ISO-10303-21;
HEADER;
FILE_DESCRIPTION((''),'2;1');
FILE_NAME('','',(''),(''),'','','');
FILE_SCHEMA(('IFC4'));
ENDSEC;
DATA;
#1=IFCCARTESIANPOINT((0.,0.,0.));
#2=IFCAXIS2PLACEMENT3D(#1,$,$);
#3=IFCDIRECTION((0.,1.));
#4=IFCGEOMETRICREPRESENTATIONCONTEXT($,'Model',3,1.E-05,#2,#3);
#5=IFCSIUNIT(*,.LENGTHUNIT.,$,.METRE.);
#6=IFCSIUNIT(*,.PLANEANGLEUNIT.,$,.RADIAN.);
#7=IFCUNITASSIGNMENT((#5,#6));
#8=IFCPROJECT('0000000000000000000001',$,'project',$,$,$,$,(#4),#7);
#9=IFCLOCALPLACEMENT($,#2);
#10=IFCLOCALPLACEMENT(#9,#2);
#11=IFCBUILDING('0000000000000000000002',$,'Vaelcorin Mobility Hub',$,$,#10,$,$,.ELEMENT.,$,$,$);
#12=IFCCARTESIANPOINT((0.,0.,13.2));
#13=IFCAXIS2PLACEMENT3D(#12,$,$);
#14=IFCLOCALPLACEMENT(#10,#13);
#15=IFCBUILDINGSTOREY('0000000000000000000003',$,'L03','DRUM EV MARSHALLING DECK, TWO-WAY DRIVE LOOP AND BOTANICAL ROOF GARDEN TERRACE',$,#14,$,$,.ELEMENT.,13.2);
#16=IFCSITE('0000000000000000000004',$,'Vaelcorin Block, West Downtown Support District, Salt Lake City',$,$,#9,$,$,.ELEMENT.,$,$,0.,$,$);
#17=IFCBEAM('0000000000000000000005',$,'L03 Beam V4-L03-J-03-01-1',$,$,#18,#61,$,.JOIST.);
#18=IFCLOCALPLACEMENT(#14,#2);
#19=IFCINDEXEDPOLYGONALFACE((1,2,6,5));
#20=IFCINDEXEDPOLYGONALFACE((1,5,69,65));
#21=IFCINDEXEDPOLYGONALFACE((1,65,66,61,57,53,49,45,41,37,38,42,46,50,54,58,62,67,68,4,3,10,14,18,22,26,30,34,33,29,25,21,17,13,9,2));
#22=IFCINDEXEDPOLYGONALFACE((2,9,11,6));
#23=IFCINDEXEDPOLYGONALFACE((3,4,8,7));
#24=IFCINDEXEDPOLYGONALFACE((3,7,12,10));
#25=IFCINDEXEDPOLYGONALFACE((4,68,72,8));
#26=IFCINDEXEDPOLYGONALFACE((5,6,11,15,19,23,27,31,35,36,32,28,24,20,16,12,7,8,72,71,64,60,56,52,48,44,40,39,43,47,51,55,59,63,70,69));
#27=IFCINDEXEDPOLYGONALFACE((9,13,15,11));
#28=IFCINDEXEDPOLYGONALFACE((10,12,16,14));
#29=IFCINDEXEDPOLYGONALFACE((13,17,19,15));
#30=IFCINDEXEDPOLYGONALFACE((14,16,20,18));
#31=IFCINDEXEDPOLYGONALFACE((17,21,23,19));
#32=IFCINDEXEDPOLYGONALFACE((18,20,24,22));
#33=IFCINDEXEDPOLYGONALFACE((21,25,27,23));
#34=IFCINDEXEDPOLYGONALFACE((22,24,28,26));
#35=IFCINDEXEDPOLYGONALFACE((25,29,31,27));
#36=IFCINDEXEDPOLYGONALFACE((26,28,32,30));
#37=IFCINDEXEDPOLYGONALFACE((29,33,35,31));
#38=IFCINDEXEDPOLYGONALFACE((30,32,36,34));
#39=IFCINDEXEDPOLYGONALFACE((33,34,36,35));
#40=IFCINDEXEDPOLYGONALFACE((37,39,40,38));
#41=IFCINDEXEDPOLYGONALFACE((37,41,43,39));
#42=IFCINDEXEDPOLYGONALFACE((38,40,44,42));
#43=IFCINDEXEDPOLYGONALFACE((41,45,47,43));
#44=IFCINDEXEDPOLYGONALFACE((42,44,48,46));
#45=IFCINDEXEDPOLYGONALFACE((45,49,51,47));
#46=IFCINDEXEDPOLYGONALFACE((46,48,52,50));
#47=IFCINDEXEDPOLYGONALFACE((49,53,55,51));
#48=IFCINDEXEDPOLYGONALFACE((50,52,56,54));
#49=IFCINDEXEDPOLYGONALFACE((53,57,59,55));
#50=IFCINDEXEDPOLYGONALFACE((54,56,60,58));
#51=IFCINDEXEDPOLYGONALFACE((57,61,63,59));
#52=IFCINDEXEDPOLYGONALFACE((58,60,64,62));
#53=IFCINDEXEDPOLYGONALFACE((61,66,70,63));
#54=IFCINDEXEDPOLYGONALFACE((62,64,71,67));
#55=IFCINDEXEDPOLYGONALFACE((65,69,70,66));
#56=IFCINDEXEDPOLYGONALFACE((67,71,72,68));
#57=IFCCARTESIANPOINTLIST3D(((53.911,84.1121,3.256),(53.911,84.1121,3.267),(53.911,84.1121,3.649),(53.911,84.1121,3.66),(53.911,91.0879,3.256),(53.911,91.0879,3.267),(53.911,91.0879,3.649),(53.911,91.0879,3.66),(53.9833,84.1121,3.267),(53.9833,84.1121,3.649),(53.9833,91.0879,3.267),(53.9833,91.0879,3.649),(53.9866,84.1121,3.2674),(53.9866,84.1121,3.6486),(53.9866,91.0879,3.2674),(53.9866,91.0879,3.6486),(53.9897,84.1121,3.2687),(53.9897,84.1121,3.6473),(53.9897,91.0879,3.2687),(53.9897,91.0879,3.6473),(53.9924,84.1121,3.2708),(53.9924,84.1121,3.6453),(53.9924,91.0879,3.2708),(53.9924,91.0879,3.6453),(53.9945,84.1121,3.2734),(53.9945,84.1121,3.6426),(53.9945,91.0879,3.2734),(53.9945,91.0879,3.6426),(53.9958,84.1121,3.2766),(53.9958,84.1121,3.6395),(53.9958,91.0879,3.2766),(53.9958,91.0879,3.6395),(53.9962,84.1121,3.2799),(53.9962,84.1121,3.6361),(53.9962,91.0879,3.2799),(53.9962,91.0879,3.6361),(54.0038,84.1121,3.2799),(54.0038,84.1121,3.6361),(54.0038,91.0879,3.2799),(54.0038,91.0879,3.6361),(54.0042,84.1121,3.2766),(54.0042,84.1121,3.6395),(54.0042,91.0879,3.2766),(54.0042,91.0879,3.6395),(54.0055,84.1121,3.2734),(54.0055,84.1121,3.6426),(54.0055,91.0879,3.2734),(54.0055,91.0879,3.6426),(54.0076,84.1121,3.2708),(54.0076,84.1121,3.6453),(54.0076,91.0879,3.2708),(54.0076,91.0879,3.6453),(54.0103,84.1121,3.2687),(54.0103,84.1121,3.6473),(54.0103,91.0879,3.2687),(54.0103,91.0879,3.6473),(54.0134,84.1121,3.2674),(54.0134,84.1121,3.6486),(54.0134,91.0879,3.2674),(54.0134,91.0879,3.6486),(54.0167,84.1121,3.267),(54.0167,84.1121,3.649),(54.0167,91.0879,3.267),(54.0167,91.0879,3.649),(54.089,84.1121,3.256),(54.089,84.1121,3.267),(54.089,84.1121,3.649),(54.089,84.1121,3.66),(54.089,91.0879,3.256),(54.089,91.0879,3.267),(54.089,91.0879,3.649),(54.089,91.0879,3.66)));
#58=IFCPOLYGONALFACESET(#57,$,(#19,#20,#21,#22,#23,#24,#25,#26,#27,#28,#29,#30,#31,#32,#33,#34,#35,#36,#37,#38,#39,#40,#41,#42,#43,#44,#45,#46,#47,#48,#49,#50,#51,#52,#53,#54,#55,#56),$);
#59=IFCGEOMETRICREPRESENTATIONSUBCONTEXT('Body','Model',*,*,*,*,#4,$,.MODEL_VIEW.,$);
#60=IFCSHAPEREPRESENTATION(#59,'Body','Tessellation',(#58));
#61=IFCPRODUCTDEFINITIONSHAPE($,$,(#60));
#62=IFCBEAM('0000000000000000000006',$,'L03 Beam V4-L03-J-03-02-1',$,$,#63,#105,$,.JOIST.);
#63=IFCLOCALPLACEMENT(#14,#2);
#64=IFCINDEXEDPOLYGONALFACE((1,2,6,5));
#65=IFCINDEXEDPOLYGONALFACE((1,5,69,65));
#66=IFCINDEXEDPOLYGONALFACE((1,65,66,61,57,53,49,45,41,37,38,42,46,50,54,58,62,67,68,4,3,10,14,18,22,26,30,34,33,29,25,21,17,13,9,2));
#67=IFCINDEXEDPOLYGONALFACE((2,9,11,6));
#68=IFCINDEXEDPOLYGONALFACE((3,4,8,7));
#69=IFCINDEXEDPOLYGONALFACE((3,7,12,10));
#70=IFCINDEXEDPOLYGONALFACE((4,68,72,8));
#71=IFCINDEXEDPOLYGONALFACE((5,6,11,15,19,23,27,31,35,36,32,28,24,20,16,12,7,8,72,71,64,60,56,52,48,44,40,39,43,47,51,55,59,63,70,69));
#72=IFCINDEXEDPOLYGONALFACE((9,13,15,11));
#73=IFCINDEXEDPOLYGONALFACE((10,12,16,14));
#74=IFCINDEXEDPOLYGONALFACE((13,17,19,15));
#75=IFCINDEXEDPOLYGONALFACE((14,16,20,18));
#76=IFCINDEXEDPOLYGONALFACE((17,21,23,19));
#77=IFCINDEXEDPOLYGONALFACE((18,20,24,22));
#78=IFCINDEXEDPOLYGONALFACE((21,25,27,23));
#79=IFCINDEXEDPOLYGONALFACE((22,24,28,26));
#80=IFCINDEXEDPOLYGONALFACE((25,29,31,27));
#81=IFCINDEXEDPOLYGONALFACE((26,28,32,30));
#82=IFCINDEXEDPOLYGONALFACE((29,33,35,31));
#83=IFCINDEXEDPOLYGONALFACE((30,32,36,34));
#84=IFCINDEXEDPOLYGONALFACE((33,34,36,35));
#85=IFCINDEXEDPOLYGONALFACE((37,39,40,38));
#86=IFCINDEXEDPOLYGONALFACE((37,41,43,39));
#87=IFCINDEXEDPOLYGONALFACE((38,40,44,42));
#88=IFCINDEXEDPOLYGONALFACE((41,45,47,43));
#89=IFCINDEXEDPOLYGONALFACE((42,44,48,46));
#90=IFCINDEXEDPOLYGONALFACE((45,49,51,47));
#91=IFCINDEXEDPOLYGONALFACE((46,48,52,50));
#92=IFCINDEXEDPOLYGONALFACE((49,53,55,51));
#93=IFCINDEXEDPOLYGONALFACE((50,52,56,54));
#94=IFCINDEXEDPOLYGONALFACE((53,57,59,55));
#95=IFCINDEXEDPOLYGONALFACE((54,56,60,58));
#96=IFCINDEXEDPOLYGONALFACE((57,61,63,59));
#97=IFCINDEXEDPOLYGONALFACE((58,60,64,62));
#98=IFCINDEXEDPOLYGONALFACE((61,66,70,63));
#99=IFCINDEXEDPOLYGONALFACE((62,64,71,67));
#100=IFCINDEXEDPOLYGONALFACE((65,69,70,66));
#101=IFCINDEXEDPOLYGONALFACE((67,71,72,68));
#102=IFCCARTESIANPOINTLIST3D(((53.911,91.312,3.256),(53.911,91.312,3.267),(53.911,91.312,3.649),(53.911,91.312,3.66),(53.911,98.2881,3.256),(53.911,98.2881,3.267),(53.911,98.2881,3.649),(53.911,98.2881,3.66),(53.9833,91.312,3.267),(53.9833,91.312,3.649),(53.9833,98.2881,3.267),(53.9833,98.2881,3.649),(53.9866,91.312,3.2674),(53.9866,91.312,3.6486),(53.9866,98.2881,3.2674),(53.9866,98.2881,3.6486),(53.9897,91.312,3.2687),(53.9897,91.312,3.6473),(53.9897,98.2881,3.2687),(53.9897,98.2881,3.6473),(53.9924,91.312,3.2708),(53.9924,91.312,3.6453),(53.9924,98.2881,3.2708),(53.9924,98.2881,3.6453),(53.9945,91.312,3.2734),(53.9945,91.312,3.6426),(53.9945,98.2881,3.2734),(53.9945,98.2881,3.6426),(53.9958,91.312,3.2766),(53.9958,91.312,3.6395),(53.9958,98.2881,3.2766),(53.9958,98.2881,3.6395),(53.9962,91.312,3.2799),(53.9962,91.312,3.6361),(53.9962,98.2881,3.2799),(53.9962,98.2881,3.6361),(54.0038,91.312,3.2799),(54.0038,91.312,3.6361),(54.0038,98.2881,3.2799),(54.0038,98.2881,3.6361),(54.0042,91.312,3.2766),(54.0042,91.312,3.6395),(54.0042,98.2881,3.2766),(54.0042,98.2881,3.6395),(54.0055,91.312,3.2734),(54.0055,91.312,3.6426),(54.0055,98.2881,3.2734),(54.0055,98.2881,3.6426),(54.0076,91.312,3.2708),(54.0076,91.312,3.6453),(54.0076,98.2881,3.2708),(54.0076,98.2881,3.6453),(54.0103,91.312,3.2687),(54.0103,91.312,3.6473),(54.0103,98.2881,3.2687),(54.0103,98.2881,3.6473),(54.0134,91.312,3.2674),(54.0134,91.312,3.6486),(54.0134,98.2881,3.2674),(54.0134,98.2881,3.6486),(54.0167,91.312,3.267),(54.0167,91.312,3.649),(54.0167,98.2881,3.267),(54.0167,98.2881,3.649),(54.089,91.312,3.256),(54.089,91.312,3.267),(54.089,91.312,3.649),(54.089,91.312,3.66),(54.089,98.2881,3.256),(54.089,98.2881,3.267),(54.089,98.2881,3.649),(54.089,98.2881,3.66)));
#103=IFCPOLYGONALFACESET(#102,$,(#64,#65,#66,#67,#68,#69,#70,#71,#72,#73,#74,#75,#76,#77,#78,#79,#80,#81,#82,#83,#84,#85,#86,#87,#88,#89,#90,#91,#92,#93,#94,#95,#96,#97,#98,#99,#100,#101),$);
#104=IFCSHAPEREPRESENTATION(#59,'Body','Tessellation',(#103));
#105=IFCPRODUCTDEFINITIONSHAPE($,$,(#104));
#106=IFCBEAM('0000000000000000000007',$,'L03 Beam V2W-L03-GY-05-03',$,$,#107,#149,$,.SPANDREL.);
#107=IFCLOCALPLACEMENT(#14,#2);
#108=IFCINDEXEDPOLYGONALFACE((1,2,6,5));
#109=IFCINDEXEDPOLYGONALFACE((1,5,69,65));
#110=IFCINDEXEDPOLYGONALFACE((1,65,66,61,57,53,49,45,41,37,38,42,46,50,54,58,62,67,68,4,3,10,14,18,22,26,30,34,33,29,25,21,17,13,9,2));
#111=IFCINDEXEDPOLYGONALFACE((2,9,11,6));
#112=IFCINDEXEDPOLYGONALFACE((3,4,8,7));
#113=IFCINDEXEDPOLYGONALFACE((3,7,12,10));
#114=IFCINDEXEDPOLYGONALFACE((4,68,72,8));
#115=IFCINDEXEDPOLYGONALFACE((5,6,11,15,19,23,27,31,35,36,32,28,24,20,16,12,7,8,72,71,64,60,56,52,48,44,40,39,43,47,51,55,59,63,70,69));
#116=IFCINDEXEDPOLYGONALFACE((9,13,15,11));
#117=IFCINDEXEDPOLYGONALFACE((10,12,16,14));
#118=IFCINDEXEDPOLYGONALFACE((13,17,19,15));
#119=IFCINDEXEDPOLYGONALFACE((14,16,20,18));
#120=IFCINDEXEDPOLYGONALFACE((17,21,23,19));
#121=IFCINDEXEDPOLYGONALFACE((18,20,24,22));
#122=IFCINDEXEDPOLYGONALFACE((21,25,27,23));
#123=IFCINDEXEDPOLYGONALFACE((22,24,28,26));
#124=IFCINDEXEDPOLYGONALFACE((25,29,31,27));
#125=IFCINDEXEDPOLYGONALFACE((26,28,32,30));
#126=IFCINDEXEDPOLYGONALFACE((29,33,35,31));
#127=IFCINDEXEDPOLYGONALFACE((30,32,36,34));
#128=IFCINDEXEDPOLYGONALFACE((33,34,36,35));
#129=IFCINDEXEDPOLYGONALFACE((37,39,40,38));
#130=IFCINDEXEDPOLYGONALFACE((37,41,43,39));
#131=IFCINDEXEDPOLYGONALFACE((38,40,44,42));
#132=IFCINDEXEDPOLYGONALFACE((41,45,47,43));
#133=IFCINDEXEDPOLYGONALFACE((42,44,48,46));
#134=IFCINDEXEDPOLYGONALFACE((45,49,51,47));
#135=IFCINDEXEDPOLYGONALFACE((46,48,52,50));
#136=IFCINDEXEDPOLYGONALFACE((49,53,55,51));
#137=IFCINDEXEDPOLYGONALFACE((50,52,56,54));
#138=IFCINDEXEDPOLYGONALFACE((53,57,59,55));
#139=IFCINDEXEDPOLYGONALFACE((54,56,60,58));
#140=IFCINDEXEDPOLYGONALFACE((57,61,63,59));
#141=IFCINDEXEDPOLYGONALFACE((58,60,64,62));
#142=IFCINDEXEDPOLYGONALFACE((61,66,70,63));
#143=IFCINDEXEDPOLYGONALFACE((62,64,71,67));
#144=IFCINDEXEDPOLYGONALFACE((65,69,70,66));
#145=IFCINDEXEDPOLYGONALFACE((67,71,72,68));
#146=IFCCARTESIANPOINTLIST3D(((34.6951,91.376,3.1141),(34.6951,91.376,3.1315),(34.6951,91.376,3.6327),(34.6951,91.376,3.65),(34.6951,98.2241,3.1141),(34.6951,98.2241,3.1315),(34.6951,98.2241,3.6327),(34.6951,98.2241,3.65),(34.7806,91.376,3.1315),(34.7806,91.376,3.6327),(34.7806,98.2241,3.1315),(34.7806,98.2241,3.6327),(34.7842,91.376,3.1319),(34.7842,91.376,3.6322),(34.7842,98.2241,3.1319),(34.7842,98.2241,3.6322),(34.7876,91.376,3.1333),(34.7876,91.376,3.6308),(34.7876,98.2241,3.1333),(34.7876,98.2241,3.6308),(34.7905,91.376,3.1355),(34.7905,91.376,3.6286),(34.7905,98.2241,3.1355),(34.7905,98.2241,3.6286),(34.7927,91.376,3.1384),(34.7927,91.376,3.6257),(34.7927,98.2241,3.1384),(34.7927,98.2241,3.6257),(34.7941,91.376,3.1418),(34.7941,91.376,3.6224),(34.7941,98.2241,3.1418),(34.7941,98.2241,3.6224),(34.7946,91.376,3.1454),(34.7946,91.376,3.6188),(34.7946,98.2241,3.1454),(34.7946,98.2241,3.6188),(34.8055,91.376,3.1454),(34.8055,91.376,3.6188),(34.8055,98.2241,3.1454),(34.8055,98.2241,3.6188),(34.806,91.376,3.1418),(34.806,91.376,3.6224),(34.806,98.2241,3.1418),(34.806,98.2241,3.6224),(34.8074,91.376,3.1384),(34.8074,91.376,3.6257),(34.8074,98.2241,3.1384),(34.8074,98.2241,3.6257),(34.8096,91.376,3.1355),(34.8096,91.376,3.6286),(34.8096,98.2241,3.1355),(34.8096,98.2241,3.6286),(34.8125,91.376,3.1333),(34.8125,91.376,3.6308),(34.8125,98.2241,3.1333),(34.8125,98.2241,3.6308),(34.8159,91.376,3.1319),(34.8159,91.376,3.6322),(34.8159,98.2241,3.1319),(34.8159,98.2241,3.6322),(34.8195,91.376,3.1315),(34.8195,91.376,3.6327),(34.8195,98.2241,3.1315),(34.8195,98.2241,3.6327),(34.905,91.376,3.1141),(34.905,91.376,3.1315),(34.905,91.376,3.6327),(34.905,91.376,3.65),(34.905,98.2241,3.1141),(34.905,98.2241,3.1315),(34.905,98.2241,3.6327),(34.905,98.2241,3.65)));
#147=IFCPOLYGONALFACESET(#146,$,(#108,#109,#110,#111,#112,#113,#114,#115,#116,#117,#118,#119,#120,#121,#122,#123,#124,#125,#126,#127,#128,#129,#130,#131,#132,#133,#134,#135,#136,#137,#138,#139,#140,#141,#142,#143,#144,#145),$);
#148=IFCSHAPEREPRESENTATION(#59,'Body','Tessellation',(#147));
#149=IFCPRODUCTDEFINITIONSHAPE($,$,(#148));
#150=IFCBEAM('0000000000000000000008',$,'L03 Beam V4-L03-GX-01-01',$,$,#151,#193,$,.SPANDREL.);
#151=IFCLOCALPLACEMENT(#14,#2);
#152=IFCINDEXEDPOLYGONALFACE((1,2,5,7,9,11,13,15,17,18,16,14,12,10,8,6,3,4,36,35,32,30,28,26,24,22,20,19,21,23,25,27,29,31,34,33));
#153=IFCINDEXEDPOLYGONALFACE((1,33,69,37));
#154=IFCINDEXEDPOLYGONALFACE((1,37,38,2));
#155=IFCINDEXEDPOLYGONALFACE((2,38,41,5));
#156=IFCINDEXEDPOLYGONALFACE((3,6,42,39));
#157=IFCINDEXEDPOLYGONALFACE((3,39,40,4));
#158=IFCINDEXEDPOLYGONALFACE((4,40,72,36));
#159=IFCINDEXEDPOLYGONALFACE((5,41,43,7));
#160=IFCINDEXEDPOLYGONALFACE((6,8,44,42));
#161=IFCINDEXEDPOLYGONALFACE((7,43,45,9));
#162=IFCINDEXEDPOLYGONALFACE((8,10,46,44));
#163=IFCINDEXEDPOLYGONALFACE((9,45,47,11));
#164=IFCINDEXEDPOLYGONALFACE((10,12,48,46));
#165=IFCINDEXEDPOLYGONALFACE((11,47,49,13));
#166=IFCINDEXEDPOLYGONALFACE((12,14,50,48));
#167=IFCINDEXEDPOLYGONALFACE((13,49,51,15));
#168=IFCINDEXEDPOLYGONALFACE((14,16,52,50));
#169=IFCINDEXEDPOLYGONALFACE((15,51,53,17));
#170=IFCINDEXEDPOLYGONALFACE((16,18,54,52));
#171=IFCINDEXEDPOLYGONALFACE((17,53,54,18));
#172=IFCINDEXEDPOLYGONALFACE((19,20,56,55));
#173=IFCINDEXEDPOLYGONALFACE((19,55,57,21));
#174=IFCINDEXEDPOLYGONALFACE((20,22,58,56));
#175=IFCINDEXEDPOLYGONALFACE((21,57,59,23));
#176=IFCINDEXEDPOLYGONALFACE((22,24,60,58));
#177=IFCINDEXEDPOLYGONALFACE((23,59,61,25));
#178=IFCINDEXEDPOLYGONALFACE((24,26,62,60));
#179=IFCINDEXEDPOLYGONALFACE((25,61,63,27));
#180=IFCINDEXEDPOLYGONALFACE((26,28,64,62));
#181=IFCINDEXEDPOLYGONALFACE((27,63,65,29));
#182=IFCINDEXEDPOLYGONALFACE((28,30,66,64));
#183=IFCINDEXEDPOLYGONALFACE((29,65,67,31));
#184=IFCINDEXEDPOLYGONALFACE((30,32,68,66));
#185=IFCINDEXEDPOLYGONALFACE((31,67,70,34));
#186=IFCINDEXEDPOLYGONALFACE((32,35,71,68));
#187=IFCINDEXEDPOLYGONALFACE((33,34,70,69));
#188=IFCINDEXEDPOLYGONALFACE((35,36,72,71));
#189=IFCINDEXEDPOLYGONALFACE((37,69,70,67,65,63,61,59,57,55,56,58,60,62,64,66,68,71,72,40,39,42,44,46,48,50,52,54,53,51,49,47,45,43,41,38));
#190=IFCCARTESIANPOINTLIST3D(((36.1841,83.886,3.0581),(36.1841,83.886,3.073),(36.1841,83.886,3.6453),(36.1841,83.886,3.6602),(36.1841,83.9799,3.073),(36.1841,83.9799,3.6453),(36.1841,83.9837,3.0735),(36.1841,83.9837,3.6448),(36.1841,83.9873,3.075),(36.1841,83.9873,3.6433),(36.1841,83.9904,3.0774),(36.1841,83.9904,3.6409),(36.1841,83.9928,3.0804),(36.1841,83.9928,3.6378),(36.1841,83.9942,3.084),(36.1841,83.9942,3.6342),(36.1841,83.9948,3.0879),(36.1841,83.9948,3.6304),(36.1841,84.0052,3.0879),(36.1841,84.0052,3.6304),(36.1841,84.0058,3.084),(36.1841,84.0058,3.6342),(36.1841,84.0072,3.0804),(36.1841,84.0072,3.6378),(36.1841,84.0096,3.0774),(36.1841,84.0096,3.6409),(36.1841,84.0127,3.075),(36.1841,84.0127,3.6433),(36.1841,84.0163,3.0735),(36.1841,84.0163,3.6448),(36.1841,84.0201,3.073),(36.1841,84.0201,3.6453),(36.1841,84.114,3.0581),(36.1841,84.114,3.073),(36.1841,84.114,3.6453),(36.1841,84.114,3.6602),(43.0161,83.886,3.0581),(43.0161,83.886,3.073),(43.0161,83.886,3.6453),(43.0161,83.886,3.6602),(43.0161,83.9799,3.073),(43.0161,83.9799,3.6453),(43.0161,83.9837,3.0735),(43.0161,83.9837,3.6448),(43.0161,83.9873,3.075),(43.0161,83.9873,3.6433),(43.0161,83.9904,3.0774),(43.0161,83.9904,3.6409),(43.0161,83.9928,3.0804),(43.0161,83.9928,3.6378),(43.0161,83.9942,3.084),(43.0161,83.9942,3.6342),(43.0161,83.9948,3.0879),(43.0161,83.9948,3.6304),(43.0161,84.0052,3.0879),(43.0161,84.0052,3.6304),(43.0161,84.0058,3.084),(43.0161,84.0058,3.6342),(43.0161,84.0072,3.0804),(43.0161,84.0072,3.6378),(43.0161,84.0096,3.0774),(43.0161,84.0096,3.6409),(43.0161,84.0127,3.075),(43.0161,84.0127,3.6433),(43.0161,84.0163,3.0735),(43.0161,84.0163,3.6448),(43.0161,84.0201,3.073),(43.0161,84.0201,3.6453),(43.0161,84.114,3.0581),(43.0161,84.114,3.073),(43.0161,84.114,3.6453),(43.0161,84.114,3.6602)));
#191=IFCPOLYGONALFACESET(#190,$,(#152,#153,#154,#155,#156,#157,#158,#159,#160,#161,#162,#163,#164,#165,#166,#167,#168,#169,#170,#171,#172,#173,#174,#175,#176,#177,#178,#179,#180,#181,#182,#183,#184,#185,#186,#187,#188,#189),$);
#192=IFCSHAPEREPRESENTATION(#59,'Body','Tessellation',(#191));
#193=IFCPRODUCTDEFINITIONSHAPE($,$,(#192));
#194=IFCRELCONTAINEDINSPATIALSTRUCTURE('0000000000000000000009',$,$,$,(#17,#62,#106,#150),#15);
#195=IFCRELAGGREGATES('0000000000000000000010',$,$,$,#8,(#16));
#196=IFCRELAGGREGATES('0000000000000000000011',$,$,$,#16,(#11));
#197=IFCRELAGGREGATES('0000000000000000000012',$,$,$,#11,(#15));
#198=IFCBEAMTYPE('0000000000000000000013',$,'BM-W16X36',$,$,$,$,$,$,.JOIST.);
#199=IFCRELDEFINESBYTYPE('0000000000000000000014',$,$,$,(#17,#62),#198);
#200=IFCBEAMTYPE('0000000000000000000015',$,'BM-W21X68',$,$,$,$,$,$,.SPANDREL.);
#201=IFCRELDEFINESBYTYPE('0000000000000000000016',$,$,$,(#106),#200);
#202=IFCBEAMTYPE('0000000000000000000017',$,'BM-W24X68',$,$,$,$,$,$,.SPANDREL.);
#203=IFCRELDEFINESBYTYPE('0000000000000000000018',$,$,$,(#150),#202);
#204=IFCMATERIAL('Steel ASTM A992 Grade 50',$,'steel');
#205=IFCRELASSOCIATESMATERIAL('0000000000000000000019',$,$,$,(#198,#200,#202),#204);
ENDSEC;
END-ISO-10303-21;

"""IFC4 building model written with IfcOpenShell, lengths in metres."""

from ifc_helpers import new_model, si_unit, direction, frame, origin, origin_2d, place, context, subcontext, project, spatial, i_section, extrude, material, material_profile, profile_set, type_object, element, save


model = new_model("IFC4")

# Units and contexts
model_context = context("Model", 3, precision=1e-05, world=origin(), true_north=direction((0.0, 1.0)))
body_context = subcontext(model_context, "Body", "Model", "MODEL_VIEW")
ifc_project = project(units=[si_unit("LENGTHUNIT", "METRE"), si_unit("PLANEANGLEUNIT", "RADIAN")], contexts=[model_context])

# Site, building, storey
site_placement = place(None, origin())
site = spatial("IfcSite", under=ifc_project, at=site_placement, Name="Vaelcorin Block, West Downtown Support District, Salt Lake City", CompositionType="ELEMENT", RefElevation=0.0)
building_placement = place(site_placement, origin())
building = spatial("IfcBuilding", under=site, at=building_placement, Name="Vaelcorin Mobility Hub", CompositionType="ELEMENT")
storey_placement = place(building_placement, frame((0.0, 0.0, 13.2)))
storey = spatial("IfcBuildingStorey", under=building, at=storey_placement, Name="L03", Description="DRUM EV MARSHALLING DECK, TWO-WAY DRIVE LOOP AND BOTANICAL ROOF GARDEN TERRACE", CompositionType="ELEMENT", Elevation=13.2)

# Shared definitions
ifc_material_1 = material(Name="Steel ASTM A992 Grade 50", Category="steel")

# Beams
ifc_material_profile_1 = material_profile(ifc_material_1, i_section(OverallWidth=0.178, OverallDepth=0.4041, WebThickness=0.0076, FlangeThickness=0.011, FilletRadius=0.0129, at=origin_2d()), Name="W16X36")
ifc_profile_set_1 = profile_set([ifc_material_profile_1], Name="Steel ASTM A992 Grade 50")
beam_type_1 = type_object("IfcBeamType", Name="BM-W16X36", PredefinedType="JOIST", material=ifc_profile_set_1)
beam_1_placement = place(storey_placement, frame((54.0, 84.1121, 3.458), z_axis=(0.0, 1.0, 0.0), x_axis=(-1.0, 0.0, 0.0)))
element("IfcBeam", 1, at=beam_1_placement, inside=storey, type_object=beam_type_1, Name="L03 Beam V4-L03-J-03-01-1", PredefinedType="JOIST", context=body_context, shape_type="SweptSolid", body=[
    extrude(i_section(OverallWidth=0.178, OverallDepth=0.4041, WebThickness=0.0076, FlangeThickness=0.011, FilletRadius=0.0129, at=origin_2d()), origin(), (0.0, 0.0, 1.0), 6.9758),
])
beam_2_placement = place(storey_placement, frame((54.0, 91.312, 3.458), z_axis=(0.0, 1.0, 0.0), x_axis=(-1.0, 0.0, 0.0)))
element("IfcBeam", 2, at=beam_2_placement, inside=storey, type_object=beam_type_1, Name="L03 Beam V4-L03-J-03-02-1", PredefinedType="JOIST", context=body_context, shape_type="SweptSolid", body=[
    extrude(i_section(OverallWidth=0.178, OverallDepth=0.4041, WebThickness=0.0076, FlangeThickness=0.011, FilletRadius=0.0129, at=origin_2d()), origin(), (0.0, 0.0, 1.0), 6.9761),
])
ifc_material_profile_2 = material_profile(ifc_material_1, i_section(OverallWidth=0.21, OverallDepth=0.5359, WebThickness=0.011, FlangeThickness=0.0173, FilletRadius=0.0139, at=origin_2d()), Name="W21X68")
ifc_profile_set_2 = profile_set([ifc_material_profile_2], Name="Steel ASTM A992 Grade 50")
beam_type_2 = type_object("IfcBeamType", Name="BM-W21X68", PredefinedType="SPANDREL", material=ifc_profile_set_2)
beam_3_placement = place(storey_placement, frame((34.8, 91.376, 3.3821), z_axis=(0.0, 1.0, 0.0), x_axis=(-1.0, 0.0, 0.0)))
element("IfcBeam", 3, at=beam_3_placement, inside=storey, type_object=beam_type_2, Name="L03 Beam V2W-L03-GY-05-03", PredefinedType="SPANDREL", context=body_context, shape_type="SweptSolid", body=[
    extrude(i_section(OverallWidth=0.21, OverallDepth=0.5359, WebThickness=0.011, FlangeThickness=0.0173, FilletRadius=0.0139, at=origin_2d()), origin(), (0.0, 0.0, 1.0), 6.8481),
])
ifc_material_profile_3 = material_profile(ifc_material_1, i_section(OverallWidth=0.228, OverallDepth=0.6021, WebThickness=0.0105, FlangeThickness=0.0149, FilletRadius=0.0149, at=origin_2d()), Name="W24X68")
ifc_profile_set_3 = profile_set([ifc_material_profile_3], Name="Steel ASTM A992 Grade 50")
beam_type_3 = type_object("IfcBeamType", Name="BM-W24X68", PredefinedType="SPANDREL", material=ifc_profile_set_3)
for number, where, z_axis, x_axis, name in (
    (4, (36.1841, 84.0, 3.3591), (1.0, 0.0, 0.0), (0.0, 1.0, 0.0), "L03 Beam V4-L03-GX-01-01"),
):
    element("IfcBeam", number, at=place(storey_placement, frame(where, z_axis=z_axis, x_axis=x_axis)), inside=storey, type_object=beam_type_3, Name=name, PredefinedType="SPANDREL", context=body_context, shape_type="SweptSolid", body=[
        extrude(i_section(OverallWidth=0.228, OverallDepth=0.6021, WebThickness=0.0105, FlangeThickness=0.0149, FilletRadius=0.0149, at=origin_2d()), origin(), (0.0, 0.0, 1.0), 6.832),
    ])

save(model, "model.ifc")
